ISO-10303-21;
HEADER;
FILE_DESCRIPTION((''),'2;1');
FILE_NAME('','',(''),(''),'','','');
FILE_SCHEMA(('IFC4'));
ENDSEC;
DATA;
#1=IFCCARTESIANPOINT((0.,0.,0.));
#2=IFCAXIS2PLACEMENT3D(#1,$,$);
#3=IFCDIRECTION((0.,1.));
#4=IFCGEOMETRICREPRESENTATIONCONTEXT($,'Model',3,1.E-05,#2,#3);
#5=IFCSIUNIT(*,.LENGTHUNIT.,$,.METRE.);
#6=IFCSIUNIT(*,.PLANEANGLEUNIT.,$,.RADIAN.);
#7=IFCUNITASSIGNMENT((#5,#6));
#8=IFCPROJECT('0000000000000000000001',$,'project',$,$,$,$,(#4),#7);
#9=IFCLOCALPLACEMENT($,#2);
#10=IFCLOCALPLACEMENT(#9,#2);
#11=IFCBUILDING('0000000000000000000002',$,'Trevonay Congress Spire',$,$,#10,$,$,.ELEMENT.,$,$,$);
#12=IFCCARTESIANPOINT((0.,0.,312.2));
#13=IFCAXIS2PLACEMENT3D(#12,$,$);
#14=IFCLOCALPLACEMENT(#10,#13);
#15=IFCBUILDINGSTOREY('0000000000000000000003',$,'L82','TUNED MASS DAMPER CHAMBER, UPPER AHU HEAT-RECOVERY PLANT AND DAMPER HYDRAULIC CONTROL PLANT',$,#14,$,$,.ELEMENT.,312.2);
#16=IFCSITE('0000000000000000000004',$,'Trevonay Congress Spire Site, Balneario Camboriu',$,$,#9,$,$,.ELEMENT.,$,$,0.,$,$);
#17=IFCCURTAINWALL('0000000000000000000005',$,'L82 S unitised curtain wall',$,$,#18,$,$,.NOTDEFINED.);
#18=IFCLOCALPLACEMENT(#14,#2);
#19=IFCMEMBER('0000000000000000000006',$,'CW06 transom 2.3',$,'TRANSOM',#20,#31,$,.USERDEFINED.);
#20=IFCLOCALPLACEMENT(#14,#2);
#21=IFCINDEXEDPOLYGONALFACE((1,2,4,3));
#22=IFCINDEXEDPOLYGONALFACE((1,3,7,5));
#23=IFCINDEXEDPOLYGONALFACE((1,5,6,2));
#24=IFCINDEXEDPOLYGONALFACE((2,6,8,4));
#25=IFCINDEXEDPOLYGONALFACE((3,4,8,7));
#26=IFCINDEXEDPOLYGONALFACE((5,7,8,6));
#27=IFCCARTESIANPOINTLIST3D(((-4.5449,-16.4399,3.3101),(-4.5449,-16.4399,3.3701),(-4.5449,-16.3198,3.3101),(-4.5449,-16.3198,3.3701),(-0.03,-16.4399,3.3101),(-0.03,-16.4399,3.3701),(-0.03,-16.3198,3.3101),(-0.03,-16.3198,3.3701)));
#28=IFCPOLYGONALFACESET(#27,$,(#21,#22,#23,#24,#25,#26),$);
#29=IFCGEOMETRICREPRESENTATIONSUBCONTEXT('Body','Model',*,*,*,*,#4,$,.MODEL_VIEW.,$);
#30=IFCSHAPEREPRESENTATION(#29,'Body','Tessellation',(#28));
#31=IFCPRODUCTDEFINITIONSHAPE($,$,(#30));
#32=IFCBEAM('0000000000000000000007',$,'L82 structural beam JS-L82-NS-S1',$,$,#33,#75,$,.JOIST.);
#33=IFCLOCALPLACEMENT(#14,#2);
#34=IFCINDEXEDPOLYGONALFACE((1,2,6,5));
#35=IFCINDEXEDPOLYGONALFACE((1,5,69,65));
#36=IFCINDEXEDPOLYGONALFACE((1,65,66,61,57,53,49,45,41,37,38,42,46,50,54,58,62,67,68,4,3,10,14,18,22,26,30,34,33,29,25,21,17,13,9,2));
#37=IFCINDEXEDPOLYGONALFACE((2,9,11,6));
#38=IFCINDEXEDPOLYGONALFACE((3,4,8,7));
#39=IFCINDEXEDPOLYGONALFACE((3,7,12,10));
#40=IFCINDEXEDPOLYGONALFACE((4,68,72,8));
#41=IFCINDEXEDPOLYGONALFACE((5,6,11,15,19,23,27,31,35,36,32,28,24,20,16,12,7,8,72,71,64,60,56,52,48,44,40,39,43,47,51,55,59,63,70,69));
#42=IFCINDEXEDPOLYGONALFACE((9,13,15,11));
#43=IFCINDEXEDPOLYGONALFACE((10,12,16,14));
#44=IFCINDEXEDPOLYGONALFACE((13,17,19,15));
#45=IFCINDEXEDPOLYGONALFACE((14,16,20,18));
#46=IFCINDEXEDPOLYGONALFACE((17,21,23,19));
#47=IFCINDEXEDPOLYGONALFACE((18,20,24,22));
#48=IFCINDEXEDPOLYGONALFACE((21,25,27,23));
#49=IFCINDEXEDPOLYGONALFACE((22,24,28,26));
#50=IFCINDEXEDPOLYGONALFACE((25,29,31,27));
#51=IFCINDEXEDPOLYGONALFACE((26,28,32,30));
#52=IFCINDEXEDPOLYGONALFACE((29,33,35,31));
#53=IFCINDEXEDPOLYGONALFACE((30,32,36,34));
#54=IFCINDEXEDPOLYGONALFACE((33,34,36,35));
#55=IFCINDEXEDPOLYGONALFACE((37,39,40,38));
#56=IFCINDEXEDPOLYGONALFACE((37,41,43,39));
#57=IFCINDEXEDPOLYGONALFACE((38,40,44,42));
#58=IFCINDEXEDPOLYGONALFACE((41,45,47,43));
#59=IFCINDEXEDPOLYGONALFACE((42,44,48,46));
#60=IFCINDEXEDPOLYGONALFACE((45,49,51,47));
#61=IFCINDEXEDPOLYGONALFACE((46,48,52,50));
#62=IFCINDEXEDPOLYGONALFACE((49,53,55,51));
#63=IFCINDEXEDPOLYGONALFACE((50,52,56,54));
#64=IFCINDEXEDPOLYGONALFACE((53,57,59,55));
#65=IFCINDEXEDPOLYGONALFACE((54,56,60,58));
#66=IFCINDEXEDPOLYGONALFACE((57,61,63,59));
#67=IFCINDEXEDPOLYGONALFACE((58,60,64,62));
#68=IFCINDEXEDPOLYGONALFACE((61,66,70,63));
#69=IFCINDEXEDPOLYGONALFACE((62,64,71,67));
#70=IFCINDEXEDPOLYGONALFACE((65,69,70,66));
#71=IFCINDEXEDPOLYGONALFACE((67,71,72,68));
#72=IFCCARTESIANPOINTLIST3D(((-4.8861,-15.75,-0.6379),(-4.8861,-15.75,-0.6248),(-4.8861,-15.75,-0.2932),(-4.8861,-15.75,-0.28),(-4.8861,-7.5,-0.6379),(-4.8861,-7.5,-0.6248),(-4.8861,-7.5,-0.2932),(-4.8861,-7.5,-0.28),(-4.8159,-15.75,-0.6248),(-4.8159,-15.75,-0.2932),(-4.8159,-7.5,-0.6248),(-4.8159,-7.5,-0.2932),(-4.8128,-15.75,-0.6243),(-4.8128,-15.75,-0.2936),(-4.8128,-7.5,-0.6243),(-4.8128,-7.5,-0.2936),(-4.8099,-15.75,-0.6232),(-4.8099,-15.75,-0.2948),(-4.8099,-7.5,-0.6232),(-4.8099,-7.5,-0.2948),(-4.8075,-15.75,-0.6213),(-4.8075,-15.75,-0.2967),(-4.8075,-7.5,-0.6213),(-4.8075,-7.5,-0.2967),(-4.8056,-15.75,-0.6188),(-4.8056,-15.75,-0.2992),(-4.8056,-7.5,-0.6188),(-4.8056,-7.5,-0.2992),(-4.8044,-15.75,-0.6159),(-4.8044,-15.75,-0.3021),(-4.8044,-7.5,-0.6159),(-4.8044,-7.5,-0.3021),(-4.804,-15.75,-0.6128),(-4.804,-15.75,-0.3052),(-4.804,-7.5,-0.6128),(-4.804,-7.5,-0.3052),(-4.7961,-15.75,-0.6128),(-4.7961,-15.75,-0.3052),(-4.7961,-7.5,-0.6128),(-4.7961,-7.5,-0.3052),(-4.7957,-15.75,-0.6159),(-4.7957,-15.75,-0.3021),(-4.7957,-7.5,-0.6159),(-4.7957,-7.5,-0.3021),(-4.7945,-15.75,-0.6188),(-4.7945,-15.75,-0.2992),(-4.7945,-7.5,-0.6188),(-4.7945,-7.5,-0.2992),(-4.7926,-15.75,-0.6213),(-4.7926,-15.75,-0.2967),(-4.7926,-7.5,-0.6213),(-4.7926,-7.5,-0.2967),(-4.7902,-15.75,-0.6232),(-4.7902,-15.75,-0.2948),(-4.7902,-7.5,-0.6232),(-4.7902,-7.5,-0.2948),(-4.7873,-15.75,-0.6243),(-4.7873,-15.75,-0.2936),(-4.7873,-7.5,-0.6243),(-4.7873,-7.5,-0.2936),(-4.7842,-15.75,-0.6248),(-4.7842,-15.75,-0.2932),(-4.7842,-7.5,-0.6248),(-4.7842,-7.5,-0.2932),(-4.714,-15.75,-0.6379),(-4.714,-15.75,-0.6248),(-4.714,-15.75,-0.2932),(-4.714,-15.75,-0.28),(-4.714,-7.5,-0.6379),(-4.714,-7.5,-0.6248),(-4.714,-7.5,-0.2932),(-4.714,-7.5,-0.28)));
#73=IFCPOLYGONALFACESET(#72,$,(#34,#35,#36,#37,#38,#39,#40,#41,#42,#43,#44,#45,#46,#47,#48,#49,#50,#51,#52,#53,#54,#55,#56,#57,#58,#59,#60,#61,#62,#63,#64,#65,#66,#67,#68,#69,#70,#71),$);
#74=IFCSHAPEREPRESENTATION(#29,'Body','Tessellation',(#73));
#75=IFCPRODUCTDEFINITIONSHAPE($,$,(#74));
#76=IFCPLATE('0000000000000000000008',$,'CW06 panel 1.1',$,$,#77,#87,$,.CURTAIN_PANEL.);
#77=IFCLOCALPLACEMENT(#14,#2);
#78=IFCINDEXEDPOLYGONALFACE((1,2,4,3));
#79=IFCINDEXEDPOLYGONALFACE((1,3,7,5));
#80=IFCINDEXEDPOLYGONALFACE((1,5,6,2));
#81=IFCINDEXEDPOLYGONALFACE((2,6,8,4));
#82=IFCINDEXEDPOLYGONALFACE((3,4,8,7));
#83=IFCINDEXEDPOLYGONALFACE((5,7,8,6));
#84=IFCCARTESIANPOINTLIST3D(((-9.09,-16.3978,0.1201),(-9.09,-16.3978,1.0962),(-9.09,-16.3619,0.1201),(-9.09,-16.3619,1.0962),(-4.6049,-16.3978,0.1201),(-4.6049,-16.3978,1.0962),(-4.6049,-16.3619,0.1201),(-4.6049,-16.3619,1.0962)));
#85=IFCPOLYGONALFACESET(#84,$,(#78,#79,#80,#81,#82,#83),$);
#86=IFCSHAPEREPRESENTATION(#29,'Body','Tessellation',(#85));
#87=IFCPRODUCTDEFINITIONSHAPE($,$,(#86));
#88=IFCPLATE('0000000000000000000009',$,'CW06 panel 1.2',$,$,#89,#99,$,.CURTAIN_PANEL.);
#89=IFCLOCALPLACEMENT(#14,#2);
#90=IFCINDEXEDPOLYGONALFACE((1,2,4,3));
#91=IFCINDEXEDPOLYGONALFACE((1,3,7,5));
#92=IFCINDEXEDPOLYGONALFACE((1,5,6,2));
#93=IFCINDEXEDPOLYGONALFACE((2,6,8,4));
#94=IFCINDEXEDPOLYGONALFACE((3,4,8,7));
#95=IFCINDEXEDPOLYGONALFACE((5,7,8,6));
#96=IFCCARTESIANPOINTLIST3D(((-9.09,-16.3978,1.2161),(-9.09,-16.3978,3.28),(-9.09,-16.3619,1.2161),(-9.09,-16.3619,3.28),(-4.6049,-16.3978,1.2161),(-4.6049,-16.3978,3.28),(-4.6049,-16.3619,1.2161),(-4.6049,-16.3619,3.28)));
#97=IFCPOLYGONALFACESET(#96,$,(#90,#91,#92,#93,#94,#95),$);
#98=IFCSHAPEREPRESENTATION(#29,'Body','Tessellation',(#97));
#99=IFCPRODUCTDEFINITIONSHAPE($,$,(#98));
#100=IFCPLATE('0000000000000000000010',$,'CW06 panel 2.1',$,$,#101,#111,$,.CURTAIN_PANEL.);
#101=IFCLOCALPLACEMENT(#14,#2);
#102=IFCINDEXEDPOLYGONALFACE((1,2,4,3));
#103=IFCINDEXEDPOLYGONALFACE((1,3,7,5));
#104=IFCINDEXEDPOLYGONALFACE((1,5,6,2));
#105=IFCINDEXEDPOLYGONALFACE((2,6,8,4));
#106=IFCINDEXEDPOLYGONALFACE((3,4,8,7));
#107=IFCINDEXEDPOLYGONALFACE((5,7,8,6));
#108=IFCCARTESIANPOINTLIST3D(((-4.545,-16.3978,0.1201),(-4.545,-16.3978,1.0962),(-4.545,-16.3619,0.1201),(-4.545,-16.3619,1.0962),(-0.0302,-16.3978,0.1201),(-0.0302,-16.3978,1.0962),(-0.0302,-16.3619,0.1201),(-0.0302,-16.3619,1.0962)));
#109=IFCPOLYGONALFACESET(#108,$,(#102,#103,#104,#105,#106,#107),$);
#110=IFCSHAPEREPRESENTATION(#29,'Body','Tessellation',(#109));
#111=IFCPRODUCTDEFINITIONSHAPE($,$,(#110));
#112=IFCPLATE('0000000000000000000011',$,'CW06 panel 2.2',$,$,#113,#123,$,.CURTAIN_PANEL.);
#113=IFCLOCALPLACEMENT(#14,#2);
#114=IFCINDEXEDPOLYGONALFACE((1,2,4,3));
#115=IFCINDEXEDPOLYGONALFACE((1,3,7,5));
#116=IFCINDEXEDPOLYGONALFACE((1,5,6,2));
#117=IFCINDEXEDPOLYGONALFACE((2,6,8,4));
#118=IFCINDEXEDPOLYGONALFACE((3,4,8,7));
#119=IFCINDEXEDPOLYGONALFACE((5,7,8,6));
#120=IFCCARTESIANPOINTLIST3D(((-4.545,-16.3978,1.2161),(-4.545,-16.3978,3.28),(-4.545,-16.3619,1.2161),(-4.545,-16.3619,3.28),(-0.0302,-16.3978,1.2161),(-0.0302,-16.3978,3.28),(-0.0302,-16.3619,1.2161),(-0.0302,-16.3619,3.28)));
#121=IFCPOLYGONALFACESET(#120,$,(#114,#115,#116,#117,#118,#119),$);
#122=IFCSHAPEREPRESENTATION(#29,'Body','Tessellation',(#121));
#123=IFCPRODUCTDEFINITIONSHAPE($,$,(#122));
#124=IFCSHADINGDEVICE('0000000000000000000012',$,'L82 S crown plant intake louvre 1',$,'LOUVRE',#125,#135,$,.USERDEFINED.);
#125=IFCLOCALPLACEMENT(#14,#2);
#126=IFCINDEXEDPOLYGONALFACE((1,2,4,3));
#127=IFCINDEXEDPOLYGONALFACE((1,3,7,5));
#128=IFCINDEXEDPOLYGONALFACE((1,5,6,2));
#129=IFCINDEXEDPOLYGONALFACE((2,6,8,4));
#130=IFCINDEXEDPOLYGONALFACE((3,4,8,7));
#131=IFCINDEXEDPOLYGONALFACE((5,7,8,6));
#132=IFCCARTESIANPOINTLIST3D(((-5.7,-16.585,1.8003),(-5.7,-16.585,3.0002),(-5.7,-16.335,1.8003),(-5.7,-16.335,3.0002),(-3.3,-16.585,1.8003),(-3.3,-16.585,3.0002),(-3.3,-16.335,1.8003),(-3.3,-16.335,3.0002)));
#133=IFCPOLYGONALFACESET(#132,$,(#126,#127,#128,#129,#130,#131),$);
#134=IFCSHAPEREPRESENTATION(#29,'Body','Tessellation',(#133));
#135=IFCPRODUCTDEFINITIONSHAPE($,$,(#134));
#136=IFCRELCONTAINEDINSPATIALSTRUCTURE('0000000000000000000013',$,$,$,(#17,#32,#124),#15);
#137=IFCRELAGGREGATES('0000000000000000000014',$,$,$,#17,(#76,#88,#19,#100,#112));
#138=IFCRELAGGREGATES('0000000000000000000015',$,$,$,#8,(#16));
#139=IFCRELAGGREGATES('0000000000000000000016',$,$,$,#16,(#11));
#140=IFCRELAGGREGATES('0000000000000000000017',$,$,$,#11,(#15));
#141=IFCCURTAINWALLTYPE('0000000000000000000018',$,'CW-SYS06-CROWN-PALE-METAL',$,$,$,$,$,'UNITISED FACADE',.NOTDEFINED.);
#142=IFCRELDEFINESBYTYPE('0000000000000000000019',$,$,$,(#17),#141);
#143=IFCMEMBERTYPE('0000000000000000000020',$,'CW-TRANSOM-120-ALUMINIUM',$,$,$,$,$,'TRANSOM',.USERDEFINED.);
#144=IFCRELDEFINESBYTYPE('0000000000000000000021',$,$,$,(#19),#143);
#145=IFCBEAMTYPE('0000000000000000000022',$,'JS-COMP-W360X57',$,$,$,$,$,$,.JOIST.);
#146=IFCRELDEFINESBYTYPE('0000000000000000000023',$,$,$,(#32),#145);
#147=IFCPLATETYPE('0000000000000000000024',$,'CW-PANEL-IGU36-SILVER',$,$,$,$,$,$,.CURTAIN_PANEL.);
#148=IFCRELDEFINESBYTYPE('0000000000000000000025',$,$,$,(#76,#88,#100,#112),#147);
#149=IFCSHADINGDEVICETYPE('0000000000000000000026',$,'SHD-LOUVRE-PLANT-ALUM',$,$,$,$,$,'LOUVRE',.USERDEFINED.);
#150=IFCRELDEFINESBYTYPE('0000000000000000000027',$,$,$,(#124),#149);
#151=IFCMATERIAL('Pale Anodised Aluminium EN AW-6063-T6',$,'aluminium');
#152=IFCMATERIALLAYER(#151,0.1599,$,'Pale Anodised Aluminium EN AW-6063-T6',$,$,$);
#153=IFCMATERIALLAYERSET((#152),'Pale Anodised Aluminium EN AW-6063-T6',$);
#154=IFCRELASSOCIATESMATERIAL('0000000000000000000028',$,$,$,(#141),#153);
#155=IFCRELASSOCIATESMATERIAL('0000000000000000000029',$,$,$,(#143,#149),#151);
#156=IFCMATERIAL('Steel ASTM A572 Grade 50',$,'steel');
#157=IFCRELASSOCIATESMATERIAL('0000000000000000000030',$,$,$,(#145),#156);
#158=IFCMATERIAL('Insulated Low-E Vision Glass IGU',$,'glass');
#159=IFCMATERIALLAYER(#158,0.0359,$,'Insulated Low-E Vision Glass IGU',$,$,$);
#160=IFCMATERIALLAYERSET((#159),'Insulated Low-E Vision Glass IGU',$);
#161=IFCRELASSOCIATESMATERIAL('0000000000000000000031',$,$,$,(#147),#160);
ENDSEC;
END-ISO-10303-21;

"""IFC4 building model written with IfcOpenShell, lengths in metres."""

from ifc_helpers import new_model, si_unit, direction, frame, origin, origin_2d, place, context, subcontext, project, spatial, rectangle, i_section, extrude, material, layer, layer_set, material_profile, profile_set, type_object, element, aggregate, save


model = new_model("IFC4")

# Units and contexts
model_context = context("Model", 3, precision=1e-05, world=origin(), true_north=direction((0.0, 1.0)))
body_context = subcontext(model_context, "Body", "Model", "MODEL_VIEW")
ifc_project = project(units=[si_unit("LENGTHUNIT", "METRE"), si_unit("PLANEANGLEUNIT", "RADIAN")], contexts=[model_context])

# Site, building, storey
site_placement = place(None, origin())
site = spatial("IfcSite", under=ifc_project, at=site_placement, Name="Trevonay Congress Spire Site, Balneario Camboriu", CompositionType="ELEMENT", RefElevation=0.0)
building_placement = place(site_placement, origin())
building = spatial("IfcBuilding", under=site, at=building_placement, Name="Trevonay Congress Spire", CompositionType="ELEMENT")
storey_placement = place(building_placement, frame((0.0, 0.0, 312.2)))
storey = spatial("IfcBuildingStorey", under=building, at=storey_placement, Name="L82", Description="TUNED MASS DAMPER CHAMBER, UPPER AHU HEAT-RECOVERY PLANT AND DAMPER HYDRAULIC CONTROL PLANT", CompositionType="ELEMENT", Elevation=312.2)

# Shared definitions
ifc_material_1 = material(Name="Steel ASTM A572 Grade 50", Category="steel")

# Curtain wall, member
ifc_material_2 = material(Name="Pale Anodised Aluminium EN AW-6063-T6", Category="aluminium")
ifc_layer_1 = layer(ifc_material_2, 0.1599, Name="Pale Anodised Aluminium EN AW-6063-T6")
ifc_layer_set_1 = layer_set([ifc_layer_1], Name="Pale Anodised Aluminium EN AW-6063-T6")
curtain_wall_type = type_object("IfcCurtainWallType", Name="CW-SYS06-CROWN-PALE-METAL", ElementType="UNITISED FACADE", PredefinedType="NOTDEFINED", material=ifc_layer_set_1)
curtain_wall_placement = place(storey_placement, origin())
curtain_wall = element("IfcCurtainWall", 1, at=curtain_wall_placement, inside=storey, type_object=curtain_wall_type, Name="L82 S unitised curtain wall", PredefinedType="NOTDEFINED")
ifc_material_profile_1 = material_profile(ifc_material_2, rectangle(XDim=0.1201, YDim=0.0601, at=origin_2d()), Name="CW-TRANSOM-120-ALUMINIUM")
ifc_profile_set_1 = profile_set([ifc_material_profile_1], Name="Pale Anodised Aluminium EN AW-6063-T6")
member_type_1 = type_object("IfcMemberType", Name="CW-TRANSOM-120-ALUMINIUM", ElementType="TRANSOM", PredefinedType="USERDEFINED", material=ifc_profile_set_1)
member_1_placement = place(storey_placement, frame((-4.5449, -16.3799, 3.3401), z_axis=(1.0, 0.0, 0.0), x_axis=(0.0, 1.0, 0.0)))
member_1 = element("IfcMember", 2, at=member_1_placement, type_object=member_type_1, Name="CW06 transom 2.3", ObjectType="TRANSOM", PredefinedType="USERDEFINED", context=body_context, shape_type="SweptSolid", body=[
    extrude(rectangle(XDim=0.1201, YDim=0.0601, at=origin_2d()), origin(), (0.0, 0.0, 1.0), 4.5149),
])

# Beam
ifc_material_profile_2 = material_profile(ifc_material_1, i_section(OverallWidth=0.1721, OverallDepth=0.3579, WebThickness=0.0078, FlangeThickness=0.0132, FilletRadius=0.012, at=origin_2d()), Name="W360x57.8")
ifc_profile_set_2 = profile_set([ifc_material_profile_2], Name="Steel ASTM A572 Grade 50")
beam_type_1 = type_object("IfcBeamType", Name="JS-COMP-W360X57", PredefinedType="JOIST", material=ifc_profile_set_2)
beam_1_placement = place(storey_placement, frame((-4.8, -15.75, -0.459), z_axis=(0.0, 1.0, 0.0), x_axis=(-1.0, 0.0, 0.0)))
element("IfcBeam", 3, at=beam_1_placement, inside=storey, type_object=beam_type_1, Name="L82 structural beam JS-L82-NS-S1", PredefinedType="JOIST", context=body_context, shape_type="SweptSolid", body=[
    extrude(i_section(OverallWidth=0.1721, OverallDepth=0.3579, WebThickness=0.0078, FlangeThickness=0.0132, FilletRadius=0.012, at=origin_2d()), origin(), (0.0, 0.0, 1.0), 8.25),
])

# Plates
ifc_material_3 = material(Name="Insulated Low-E Vision Glass IGU", Category="glass")
ifc_layer_2 = layer(ifc_material_3, 0.0359, Name="Insulated Low-E Vision Glass IGU")
ifc_layer_set_2 = layer_set([ifc_layer_2], Name="Insulated Low-E Vision Glass IGU")
plate_type = type_object("IfcPlateType", Name="CW-PANEL-IGU36-SILVER", PredefinedType="CURTAIN_PANEL", material=ifc_layer_set_2)
plate_1_placement = place(storey_placement, frame((-6.8474, -16.3799, 0.1201), z_axis=(0.0, 0.0, 1.0), x_axis=(1.0, 0.0, 0.0)))
plate_1 = element("IfcPlate", 4, at=plate_1_placement, type_object=plate_type, Name="CW06 panel 1.1", PredefinedType="CURTAIN_PANEL", context=body_context, shape_type="SweptSolid", body=[
    extrude(rectangle(XDim=4.4851, YDim=0.0359, at=origin_2d()), origin(), (0.0, 0.0, 1.0), 0.9761),
])
plate_2_placement = place(storey_placement, frame((-6.8474, -16.3799, 1.2161), z_axis=(0.0, 0.0, 1.0), x_axis=(1.0, 0.0, 0.0)))
plate_2 = element("IfcPlate", 5, at=plate_2_placement, type_object=plate_type, Name="CW06 panel 1.2", PredefinedType="CURTAIN_PANEL", context=body_context, shape_type="SweptSolid", body=[
    extrude(rectangle(XDim=4.4851, YDim=0.0359, at=origin_2d()), origin(), (0.0, 0.0, 1.0), 2.064),
])
plate_3_placement = place(storey_placement, frame((-2.2876, -16.3799, 0.1201), z_axis=(0.0, 0.0, 1.0), x_axis=(1.0, 0.0, 0.0)))
plate_3 = element("IfcPlate", 6, at=plate_3_placement, type_object=plate_type, Name="CW06 panel 2.1", PredefinedType="CURTAIN_PANEL", context=body_context, shape_type="SweptSolid", body=[
    extrude(rectangle(XDim=4.5149, YDim=0.0359, at=origin_2d()), origin(), (0.0, 0.0, 1.0), 0.9761),
])
plate_4_placement = place(storey_placement, frame((-2.2876, -16.3799, 1.2161), z_axis=(0.0, 0.0, 1.0), x_axis=(1.0, 0.0, 0.0)))
plate_4 = element("IfcPlate", 7, at=plate_4_placement, type_object=plate_type, Name="CW06 panel 2.2", PredefinedType="CURTAIN_PANEL", context=body_context, shape_type="SweptSolid", body=[
    extrude(rectangle(XDim=4.5149, YDim=0.0359, at=origin_2d()), origin(), (0.0, 0.0, 1.0), 2.064),
])
aggregate(curtain_wall, [plate_1, plate_2, member_1, plate_3, plate_4])

# Shading device
shading_device_type = type_object("IfcShadingDeviceType", Name="SHD-LOUVRE-PLANT-ALUM", ElementType="LOUVRE", PredefinedType="USERDEFINED", material=ifc_material_2)
shading_device_placement = place(storey_placement, frame((-4.5, -16.46, 1.8003), z_axis=(0.0, 0.0, 1.0), x_axis=(1.0, 0.0, 0.0)))
element("IfcShadingDevice", 8, at=shading_device_placement, inside=storey, type_object=shading_device_type, Name="L82 S crown plant intake louvre 1", ObjectType="LOUVRE", PredefinedType="USERDEFINED", context=body_context, shape_type="SweptSolid", body=[
    extrude(rectangle(XDim=2.3999, YDim=0.25, at=origin_2d()), origin(), (0.0, 0.0, 1.0), 1.2),
])

save(model, "model.ifc")
